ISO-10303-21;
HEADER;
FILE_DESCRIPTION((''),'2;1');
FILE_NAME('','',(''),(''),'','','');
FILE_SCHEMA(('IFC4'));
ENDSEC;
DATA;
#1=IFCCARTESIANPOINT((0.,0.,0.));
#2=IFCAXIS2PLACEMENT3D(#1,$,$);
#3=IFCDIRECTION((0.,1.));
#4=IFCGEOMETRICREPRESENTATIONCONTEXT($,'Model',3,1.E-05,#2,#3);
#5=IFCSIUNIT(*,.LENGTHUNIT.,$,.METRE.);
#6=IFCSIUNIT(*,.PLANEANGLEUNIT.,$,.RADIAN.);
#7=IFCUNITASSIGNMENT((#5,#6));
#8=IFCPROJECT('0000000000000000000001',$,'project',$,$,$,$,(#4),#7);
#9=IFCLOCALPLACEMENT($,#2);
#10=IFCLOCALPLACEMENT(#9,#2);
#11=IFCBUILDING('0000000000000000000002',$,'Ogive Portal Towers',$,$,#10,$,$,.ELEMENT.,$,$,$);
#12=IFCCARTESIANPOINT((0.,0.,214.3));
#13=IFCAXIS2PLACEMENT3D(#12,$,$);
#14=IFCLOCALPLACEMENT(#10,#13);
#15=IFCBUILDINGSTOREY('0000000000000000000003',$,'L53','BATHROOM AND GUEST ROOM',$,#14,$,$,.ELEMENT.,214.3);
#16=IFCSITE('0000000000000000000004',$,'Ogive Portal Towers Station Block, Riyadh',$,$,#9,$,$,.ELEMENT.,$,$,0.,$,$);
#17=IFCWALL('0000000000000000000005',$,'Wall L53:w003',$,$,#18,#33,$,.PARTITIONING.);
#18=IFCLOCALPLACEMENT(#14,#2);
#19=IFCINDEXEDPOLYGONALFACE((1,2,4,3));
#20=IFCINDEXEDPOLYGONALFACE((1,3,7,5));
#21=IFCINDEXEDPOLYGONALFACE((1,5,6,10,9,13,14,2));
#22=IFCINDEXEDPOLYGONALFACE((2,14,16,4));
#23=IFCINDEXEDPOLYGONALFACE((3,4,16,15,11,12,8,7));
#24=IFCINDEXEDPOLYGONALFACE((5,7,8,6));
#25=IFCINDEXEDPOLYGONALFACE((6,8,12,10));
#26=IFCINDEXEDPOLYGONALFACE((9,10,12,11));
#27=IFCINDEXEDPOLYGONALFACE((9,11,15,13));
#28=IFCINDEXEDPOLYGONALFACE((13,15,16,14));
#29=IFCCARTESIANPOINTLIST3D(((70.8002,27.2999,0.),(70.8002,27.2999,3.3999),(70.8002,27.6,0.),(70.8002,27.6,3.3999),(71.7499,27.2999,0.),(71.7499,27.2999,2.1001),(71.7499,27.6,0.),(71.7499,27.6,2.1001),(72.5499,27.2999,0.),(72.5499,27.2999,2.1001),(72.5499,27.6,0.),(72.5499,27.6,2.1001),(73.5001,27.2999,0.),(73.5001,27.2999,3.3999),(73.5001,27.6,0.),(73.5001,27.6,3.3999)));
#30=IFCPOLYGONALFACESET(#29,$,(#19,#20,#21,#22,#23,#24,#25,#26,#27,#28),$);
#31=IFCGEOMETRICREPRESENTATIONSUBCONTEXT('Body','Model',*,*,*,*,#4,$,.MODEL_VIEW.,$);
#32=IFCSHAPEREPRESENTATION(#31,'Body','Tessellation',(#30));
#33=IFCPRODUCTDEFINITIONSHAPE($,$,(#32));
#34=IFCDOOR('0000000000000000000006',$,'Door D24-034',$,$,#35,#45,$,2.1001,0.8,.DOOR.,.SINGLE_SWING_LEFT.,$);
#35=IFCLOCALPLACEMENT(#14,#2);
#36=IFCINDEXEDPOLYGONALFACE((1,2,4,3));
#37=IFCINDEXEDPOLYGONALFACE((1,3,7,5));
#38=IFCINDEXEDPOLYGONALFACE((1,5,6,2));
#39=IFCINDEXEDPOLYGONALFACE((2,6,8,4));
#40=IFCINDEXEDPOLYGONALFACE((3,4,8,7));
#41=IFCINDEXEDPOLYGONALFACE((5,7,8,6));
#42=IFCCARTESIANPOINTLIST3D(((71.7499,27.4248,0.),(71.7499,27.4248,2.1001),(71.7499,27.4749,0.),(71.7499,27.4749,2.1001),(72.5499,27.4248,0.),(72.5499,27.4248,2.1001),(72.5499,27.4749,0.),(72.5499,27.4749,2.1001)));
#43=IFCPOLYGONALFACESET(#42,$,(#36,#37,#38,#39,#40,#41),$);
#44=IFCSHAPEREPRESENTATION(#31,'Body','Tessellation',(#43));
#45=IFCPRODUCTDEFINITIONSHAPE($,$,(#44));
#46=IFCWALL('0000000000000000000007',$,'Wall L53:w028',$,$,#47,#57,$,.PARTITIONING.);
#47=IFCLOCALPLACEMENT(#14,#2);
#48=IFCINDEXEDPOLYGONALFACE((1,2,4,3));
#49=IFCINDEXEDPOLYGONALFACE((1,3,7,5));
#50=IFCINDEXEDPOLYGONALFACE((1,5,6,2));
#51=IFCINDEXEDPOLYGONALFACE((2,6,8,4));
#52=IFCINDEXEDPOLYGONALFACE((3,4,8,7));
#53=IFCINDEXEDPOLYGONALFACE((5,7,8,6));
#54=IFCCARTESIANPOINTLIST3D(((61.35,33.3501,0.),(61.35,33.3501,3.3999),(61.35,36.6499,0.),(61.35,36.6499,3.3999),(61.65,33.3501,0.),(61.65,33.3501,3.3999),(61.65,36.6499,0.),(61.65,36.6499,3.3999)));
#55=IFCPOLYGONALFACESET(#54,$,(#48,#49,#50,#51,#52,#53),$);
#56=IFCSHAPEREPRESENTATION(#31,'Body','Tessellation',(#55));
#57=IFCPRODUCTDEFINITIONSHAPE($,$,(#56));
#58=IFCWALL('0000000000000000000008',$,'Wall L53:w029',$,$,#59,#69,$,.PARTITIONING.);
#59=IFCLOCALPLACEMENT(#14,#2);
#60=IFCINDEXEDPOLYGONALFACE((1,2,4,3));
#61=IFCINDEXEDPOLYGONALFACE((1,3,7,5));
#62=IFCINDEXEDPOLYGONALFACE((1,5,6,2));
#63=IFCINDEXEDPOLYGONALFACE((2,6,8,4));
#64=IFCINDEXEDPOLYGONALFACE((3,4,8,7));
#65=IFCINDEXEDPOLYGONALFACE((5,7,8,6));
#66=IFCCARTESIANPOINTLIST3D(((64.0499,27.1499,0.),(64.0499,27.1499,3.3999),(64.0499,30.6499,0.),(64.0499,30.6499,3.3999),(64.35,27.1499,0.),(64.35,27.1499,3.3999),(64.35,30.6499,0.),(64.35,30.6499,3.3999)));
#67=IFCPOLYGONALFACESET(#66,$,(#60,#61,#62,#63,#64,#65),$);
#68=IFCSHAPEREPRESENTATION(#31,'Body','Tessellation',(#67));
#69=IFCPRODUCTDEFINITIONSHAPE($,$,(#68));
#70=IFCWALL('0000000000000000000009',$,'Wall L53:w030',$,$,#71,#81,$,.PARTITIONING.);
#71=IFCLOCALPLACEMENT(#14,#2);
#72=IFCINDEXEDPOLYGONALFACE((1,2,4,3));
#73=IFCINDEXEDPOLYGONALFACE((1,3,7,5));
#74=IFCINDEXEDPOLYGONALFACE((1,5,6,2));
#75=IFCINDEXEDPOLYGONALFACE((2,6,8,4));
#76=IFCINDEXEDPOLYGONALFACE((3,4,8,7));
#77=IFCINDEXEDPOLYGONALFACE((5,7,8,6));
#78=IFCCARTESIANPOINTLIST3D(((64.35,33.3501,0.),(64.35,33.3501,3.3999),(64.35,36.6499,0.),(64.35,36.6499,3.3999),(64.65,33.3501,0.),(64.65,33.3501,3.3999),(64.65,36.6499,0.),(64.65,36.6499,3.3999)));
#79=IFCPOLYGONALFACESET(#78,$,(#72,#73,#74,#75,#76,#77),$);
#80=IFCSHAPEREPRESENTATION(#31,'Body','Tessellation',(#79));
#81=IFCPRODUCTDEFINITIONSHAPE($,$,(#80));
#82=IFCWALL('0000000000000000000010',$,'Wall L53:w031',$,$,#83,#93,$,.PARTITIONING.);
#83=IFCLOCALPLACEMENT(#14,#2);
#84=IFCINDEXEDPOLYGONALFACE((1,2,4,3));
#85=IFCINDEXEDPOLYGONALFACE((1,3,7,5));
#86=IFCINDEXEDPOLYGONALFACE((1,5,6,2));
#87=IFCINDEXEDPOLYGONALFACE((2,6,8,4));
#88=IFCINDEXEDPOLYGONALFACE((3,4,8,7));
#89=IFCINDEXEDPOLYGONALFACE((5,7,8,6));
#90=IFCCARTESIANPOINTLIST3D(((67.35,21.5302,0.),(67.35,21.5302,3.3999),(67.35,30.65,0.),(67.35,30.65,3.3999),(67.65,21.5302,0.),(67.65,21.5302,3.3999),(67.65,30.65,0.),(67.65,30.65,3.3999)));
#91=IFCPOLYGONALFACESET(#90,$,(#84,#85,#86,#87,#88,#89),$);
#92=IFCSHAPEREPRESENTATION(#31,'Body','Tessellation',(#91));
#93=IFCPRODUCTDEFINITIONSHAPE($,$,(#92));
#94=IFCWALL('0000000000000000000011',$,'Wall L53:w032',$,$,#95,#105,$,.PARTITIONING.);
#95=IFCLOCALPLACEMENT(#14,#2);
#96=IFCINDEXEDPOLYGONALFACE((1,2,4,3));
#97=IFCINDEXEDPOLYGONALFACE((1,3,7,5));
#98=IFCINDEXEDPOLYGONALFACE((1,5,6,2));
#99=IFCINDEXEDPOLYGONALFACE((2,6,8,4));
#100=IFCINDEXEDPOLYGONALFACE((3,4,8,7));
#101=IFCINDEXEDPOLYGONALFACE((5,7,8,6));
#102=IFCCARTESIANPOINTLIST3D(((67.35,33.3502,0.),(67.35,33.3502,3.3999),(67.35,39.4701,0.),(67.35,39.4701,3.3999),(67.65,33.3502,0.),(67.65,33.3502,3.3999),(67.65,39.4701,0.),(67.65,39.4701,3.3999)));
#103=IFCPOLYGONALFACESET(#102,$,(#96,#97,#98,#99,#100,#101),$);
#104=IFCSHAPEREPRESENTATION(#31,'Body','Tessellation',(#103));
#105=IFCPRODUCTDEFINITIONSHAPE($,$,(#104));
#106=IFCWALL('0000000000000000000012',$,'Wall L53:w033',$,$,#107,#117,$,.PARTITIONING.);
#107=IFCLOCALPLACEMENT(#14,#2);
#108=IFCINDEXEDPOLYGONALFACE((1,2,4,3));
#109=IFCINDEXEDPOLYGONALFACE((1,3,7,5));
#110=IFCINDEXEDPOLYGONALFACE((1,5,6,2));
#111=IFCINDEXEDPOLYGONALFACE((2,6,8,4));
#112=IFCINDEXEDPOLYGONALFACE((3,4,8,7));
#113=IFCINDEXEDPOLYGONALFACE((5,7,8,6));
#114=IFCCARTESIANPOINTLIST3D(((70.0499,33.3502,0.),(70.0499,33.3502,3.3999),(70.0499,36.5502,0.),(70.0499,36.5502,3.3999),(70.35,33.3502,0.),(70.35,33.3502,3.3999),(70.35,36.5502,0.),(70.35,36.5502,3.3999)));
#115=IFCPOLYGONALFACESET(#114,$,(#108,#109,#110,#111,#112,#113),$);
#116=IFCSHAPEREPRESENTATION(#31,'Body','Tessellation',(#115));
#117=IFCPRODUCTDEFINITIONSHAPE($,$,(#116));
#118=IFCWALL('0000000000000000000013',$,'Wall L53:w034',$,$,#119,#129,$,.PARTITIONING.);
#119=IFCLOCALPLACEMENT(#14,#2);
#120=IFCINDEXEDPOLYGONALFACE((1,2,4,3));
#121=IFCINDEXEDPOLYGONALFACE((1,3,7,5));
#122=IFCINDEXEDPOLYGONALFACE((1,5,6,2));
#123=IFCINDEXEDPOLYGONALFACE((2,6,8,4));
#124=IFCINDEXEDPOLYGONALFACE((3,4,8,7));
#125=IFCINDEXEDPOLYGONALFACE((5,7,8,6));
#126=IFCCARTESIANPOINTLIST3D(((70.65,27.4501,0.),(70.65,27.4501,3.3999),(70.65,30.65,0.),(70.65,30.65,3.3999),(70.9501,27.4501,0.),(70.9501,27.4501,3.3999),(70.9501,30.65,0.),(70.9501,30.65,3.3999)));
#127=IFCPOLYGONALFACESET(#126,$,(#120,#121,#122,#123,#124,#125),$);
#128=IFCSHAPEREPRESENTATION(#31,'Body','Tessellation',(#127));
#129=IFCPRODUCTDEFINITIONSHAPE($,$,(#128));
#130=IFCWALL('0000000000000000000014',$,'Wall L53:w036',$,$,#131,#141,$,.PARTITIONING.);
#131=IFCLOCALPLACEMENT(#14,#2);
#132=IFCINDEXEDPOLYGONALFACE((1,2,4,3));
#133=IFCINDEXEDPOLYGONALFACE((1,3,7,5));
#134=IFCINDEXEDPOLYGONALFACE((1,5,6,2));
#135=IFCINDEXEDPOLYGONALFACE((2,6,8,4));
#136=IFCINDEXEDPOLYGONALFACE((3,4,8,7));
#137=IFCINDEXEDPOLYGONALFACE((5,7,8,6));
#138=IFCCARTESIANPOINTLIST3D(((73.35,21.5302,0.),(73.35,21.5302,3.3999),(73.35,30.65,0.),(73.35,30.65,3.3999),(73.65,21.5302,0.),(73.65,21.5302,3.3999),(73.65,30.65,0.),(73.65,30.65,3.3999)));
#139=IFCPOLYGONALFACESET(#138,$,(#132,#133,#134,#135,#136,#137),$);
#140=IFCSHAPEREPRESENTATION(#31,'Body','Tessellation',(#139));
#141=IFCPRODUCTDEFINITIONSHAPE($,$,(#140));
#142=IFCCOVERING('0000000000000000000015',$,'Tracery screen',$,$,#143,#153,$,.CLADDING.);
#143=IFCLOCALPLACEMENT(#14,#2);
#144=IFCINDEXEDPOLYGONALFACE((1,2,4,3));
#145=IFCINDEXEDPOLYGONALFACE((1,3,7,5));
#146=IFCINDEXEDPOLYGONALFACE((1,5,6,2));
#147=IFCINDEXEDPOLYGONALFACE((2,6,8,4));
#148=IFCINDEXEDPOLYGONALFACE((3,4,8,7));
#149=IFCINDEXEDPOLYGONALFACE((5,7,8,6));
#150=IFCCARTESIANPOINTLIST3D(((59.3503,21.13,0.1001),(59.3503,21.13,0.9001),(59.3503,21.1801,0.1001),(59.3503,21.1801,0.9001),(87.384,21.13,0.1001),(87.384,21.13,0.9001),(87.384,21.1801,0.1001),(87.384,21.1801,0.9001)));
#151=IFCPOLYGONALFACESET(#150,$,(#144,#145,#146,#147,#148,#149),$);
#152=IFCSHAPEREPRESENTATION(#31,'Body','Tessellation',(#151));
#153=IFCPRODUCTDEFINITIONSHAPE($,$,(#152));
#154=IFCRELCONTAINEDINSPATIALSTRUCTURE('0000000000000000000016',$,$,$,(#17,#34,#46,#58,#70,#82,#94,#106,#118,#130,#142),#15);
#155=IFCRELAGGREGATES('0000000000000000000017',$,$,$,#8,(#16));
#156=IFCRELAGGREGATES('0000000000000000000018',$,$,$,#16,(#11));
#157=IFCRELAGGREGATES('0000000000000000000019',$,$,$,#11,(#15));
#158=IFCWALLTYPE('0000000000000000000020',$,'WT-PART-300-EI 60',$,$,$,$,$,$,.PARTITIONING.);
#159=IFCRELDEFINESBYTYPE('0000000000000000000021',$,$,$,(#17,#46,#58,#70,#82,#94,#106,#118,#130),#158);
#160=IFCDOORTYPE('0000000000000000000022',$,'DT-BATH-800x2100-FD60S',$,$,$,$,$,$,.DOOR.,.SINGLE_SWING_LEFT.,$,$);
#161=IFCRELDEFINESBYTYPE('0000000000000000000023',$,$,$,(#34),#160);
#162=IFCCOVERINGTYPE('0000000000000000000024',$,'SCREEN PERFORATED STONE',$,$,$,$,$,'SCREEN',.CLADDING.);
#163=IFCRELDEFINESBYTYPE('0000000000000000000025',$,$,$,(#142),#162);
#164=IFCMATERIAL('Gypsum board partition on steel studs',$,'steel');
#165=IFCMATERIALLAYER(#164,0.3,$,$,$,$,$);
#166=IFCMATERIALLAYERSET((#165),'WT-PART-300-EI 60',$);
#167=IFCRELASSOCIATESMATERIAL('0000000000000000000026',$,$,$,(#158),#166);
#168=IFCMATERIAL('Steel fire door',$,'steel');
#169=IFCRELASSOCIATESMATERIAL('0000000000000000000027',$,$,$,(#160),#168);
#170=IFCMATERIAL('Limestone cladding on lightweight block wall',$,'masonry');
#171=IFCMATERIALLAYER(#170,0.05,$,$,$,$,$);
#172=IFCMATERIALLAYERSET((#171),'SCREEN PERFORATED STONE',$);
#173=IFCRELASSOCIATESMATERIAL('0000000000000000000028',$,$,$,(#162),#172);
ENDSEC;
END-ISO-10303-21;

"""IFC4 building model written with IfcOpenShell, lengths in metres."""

from ifc_helpers import new_model, si_unit, direction, frame, frame_2d, origin, origin_2d, place, context, subcontext, project, spatial, rectangle, extrude, material, layer, layer_set, type_object, element, fill, save


model = new_model("IFC4")

# Units and contexts
model_context = context("Model", 3, precision=1e-05, world=origin(), true_north=direction((0.0, 1.0)))
body_context = subcontext(model_context, "Body", "Model", "MODEL_VIEW")
ifc_project = project(units=[si_unit("LENGTHUNIT", "METRE"), si_unit("PLANEANGLEUNIT", "RADIAN")], contexts=[model_context])

# Site, building, storey
site_placement = place(None, origin())
site = spatial("IfcSite", under=ifc_project, at=site_placement, Name="Ogive Portal Towers Station Block, Riyadh", CompositionType="ELEMENT", RefElevation=0.0)
building_placement = place(site_placement, origin())
building = spatial("IfcBuilding", under=site, at=building_placement, Name="Ogive Portal Towers", CompositionType="ELEMENT")
storey_placement = place(building_placement, frame((0.0, 0.0, 214.3)))
storey = spatial("IfcBuildingStorey", under=building, at=storey_placement, Name="L53", Description="BATHROOM AND GUEST ROOM", CompositionType="ELEMENT", Elevation=214.3)

# Shared definitions
ifc_material_1 = material(Name="Limestone cladding on lightweight block wall", Category="masonry")

# Wall, opening, door
ifc_material_2 = material(Name="Gypsum board partition on steel studs", Category="steel")
ifc_layer_1 = layer(ifc_material_2, 0.3)
ifc_layer_set_1 = layer_set([ifc_layer_1], Name="WT-PART-300-EI 60")
wall_type_1 = type_object("IfcWallType", Name="WT-PART-300-EI 60", PredefinedType="PARTITIONING", material=ifc_layer_set_1)
ifc_material_3 = material(Name="Steel fire door", Category="steel")
door_type = type_object("IfcDoorType", Name="DT-BATH-800x2100-FD60S", OperationType="SINGLE_SWING_LEFT", PredefinedType="DOOR", material=ifc_material_3)
wall_1_placement = place(storey_placement, frame((70.8, 27.45, 0.0), z_axis=(0.0, 0.0, 1.0), x_axis=(1.0, 0.0, 0.0)))
wall_1 = element("IfcWall", 1, at=wall_1_placement, inside=storey, type_object=wall_type_1, Name="Wall L53:w003", PredefinedType="PARTITIONING", context=body_context, shape_type="SweptSolid", body=[
    extrude(rectangle(XDim=2.7, YDim=0.3, at=frame_2d((1.3501, 0.0))), origin(), (0.0, 0.0, 1.0), 3.3999),
])
opening_1_placement = place(wall_1_placement, frame((0.95, 0.0, 0.0)))
opening_1 = element("IfcOpeningElement", 2, at=opening_1_placement, cuts=wall_1, PredefinedType="OPENING", context=body_context, shape_type="SweptSolid", body=[
    extrude(rectangle(XDim=0.8, YDim=2.1001, at=frame_2d((0.3999, 1.05))), frame((0.0, 0.1602, 0.0), z_axis=(0.0, -1.0, 0.0), x_axis=(1.0, 0.0, 0.0)), (0.0, 0.0, 1.0), 0.3201),
])
door_1_placement = place(opening_1_placement, origin())
door_1 = element("IfcDoor", 3, at=door_1_placement, inside=storey, type_object=door_type, Name="Door D24-034", OperationType="SINGLE_SWING_LEFT", OverallHeight=2.1001, OverallWidth=0.8, PredefinedType="DOOR", context=body_context, shape_type="SweptSolid", body=[
    extrude(rectangle(XDim=0.8, YDim=2.1001, at=frame_2d((0.3999, 1.05))), frame((0.0, 0.0249, 0.0), z_axis=(0.0, -1.0, 0.0), x_axis=(1.0, 0.0, 0.0)), (0.0, 0.0, 1.0), 0.05),
])
fill(opening_1, door_1)

# Walls
wall_2_placement = place(storey_placement, frame((61.5, 33.3501, 0.0), z_axis=(0.0, 0.0, 1.0), x_axis=(0.0, 1.0, 0.0)))
element("IfcWall", 4, at=wall_2_placement, inside=storey, type_object=wall_type_1, Name="Wall L53:w028", PredefinedType="PARTITIONING", context=body_context, shape_type="SweptSolid", body=[
    extrude(rectangle(XDim=3.2998, YDim=0.3, at=frame_2d((1.6499, 0.0))), origin(), (0.0, 0.0, 1.0), 3.3999),
])
wall_3_placement = place(storey_placement, frame((64.2, 27.1499, 0.0), z_axis=(0.0, 0.0, 1.0), x_axis=(0.0, 1.0, 0.0)))
element("IfcWall", 5, at=wall_3_placement, inside=storey, type_object=wall_type_1, Name="Wall L53:w029", PredefinedType="PARTITIONING", context=body_context, shape_type="SweptSolid", body=[
    extrude(rectangle(XDim=3.5, YDim=0.3, at=frame_2d((1.75, 0.0))), origin(), (0.0, 0.0, 1.0), 3.3999),
])
wall_4_placement = place(storey_placement, frame((64.5, 33.3501, 0.0), z_axis=(0.0, 0.0, 1.0), x_axis=(0.0, 1.0, 0.0)))
element("IfcWall", 6, at=wall_4_placement, inside=storey, type_object=wall_type_1, Name="Wall L53:w030", PredefinedType="PARTITIONING", context=body_context, shape_type="SweptSolid", body=[
    extrude(rectangle(XDim=3.2998, YDim=0.3, at=frame_2d((1.6499, 0.0))), origin(), (0.0, 0.0, 1.0), 3.3999),
])
wall_5_placement = place(storey_placement, frame((67.5, 21.53, 0.0), z_axis=(0.0, 0.0, 1.0), x_axis=(0.0, 1.0, 0.0)))
element("IfcWall", 7, at=wall_5_placement, inside=storey, type_object=wall_type_1, Name="Wall L53:w031", PredefinedType="PARTITIONING", context=body_context, shape_type="SweptSolid", body=[
    extrude(rectangle(XDim=9.1199, YDim=0.3, at=frame_2d((4.5601, 0.0))), origin(), (0.0, 0.0, 1.0), 3.3999),
])
wall_6_placement = place(storey_placement, frame((67.5, 33.3501, 0.0), z_axis=(0.0, 0.0, 1.0), x_axis=(0.0, 1.0, 0.0)))
element("IfcWall", 8, at=wall_6_placement, inside=storey, type_object=wall_type_1, Name="Wall L53:w032", PredefinedType="PARTITIONING", context=body_context, shape_type="SweptSolid", body=[
    extrude(rectangle(XDim=6.1199, YDim=0.3, at=frame_2d((3.0601, 0.0))), origin(), (0.0, 0.0, 1.0), 3.3999),
])
for number, where, z_axis, x_axis, name in (
    (9, (70.2, 33.3501, 0.0), (0.0, 0.0, 1.0), (0.0, 1.0, 0.0), "Wall L53:w033"),
    (10, (70.8, 27.45, 0.0), (0.0, 0.0, 1.0), (0.0, 1.0, 0.0), "Wall L53:w034"),
):
    element("IfcWall", number, at=place(storey_placement, frame(where, z_axis=z_axis, x_axis=x_axis)), inside=storey, type_object=wall_type_1, Name=name, PredefinedType="PARTITIONING", context=body_context, shape_type="SweptSolid", body=[
        extrude(rectangle(XDim=3.2, YDim=0.3, at=frame_2d((1.6001, 0.0))), origin(), (0.0, 0.0, 1.0), 3.3999),
    ])
wall_7_placement = place(storey_placement, frame((73.5, 21.53, 0.0), z_axis=(0.0, 0.0, 1.0), x_axis=(0.0, 1.0, 0.0)))
element("IfcWall", 11, at=wall_7_placement, inside=storey, type_object=wall_type_1, Name="Wall L53:w036", PredefinedType="PARTITIONING", context=body_context, shape_type="SweptSolid", body=[
    extrude(rectangle(XDim=9.1199, YDim=0.3, at=frame_2d((4.5601, 0.0))), origin(), (0.0, 0.0, 1.0), 3.3999),
])

# Covering
ifc_layer_2 = layer(ifc_material_1, 0.05)
ifc_layer_set_2 = layer_set([ifc_layer_2], Name="SCREEN PERFORATED STONE")
covering_type = type_object("IfcCoveringType", Name="SCREEN PERFORATED STONE", ElementType="SCREEN", PredefinedType="CLADDING", material=ifc_layer_set_2)
covering_placement = place(storey_placement, frame((73.3672, 21.155, 0.1001), z_axis=(0.0, 0.0, 1.0), x_axis=(1.0, 0.0, 0.0)))
element("IfcCovering", 12, at=covering_placement, inside=storey, type_object=covering_type, Name="Tracery screen", PredefinedType="CLADDING", context=body_context, shape_type="SweptSolid", body=[
    extrude(rectangle(XDim=28.0337, YDim=0.05, at=origin_2d()), origin(), (0.0, 0.0, 1.0), 0.8),
])

save(model, "model.ifc")
